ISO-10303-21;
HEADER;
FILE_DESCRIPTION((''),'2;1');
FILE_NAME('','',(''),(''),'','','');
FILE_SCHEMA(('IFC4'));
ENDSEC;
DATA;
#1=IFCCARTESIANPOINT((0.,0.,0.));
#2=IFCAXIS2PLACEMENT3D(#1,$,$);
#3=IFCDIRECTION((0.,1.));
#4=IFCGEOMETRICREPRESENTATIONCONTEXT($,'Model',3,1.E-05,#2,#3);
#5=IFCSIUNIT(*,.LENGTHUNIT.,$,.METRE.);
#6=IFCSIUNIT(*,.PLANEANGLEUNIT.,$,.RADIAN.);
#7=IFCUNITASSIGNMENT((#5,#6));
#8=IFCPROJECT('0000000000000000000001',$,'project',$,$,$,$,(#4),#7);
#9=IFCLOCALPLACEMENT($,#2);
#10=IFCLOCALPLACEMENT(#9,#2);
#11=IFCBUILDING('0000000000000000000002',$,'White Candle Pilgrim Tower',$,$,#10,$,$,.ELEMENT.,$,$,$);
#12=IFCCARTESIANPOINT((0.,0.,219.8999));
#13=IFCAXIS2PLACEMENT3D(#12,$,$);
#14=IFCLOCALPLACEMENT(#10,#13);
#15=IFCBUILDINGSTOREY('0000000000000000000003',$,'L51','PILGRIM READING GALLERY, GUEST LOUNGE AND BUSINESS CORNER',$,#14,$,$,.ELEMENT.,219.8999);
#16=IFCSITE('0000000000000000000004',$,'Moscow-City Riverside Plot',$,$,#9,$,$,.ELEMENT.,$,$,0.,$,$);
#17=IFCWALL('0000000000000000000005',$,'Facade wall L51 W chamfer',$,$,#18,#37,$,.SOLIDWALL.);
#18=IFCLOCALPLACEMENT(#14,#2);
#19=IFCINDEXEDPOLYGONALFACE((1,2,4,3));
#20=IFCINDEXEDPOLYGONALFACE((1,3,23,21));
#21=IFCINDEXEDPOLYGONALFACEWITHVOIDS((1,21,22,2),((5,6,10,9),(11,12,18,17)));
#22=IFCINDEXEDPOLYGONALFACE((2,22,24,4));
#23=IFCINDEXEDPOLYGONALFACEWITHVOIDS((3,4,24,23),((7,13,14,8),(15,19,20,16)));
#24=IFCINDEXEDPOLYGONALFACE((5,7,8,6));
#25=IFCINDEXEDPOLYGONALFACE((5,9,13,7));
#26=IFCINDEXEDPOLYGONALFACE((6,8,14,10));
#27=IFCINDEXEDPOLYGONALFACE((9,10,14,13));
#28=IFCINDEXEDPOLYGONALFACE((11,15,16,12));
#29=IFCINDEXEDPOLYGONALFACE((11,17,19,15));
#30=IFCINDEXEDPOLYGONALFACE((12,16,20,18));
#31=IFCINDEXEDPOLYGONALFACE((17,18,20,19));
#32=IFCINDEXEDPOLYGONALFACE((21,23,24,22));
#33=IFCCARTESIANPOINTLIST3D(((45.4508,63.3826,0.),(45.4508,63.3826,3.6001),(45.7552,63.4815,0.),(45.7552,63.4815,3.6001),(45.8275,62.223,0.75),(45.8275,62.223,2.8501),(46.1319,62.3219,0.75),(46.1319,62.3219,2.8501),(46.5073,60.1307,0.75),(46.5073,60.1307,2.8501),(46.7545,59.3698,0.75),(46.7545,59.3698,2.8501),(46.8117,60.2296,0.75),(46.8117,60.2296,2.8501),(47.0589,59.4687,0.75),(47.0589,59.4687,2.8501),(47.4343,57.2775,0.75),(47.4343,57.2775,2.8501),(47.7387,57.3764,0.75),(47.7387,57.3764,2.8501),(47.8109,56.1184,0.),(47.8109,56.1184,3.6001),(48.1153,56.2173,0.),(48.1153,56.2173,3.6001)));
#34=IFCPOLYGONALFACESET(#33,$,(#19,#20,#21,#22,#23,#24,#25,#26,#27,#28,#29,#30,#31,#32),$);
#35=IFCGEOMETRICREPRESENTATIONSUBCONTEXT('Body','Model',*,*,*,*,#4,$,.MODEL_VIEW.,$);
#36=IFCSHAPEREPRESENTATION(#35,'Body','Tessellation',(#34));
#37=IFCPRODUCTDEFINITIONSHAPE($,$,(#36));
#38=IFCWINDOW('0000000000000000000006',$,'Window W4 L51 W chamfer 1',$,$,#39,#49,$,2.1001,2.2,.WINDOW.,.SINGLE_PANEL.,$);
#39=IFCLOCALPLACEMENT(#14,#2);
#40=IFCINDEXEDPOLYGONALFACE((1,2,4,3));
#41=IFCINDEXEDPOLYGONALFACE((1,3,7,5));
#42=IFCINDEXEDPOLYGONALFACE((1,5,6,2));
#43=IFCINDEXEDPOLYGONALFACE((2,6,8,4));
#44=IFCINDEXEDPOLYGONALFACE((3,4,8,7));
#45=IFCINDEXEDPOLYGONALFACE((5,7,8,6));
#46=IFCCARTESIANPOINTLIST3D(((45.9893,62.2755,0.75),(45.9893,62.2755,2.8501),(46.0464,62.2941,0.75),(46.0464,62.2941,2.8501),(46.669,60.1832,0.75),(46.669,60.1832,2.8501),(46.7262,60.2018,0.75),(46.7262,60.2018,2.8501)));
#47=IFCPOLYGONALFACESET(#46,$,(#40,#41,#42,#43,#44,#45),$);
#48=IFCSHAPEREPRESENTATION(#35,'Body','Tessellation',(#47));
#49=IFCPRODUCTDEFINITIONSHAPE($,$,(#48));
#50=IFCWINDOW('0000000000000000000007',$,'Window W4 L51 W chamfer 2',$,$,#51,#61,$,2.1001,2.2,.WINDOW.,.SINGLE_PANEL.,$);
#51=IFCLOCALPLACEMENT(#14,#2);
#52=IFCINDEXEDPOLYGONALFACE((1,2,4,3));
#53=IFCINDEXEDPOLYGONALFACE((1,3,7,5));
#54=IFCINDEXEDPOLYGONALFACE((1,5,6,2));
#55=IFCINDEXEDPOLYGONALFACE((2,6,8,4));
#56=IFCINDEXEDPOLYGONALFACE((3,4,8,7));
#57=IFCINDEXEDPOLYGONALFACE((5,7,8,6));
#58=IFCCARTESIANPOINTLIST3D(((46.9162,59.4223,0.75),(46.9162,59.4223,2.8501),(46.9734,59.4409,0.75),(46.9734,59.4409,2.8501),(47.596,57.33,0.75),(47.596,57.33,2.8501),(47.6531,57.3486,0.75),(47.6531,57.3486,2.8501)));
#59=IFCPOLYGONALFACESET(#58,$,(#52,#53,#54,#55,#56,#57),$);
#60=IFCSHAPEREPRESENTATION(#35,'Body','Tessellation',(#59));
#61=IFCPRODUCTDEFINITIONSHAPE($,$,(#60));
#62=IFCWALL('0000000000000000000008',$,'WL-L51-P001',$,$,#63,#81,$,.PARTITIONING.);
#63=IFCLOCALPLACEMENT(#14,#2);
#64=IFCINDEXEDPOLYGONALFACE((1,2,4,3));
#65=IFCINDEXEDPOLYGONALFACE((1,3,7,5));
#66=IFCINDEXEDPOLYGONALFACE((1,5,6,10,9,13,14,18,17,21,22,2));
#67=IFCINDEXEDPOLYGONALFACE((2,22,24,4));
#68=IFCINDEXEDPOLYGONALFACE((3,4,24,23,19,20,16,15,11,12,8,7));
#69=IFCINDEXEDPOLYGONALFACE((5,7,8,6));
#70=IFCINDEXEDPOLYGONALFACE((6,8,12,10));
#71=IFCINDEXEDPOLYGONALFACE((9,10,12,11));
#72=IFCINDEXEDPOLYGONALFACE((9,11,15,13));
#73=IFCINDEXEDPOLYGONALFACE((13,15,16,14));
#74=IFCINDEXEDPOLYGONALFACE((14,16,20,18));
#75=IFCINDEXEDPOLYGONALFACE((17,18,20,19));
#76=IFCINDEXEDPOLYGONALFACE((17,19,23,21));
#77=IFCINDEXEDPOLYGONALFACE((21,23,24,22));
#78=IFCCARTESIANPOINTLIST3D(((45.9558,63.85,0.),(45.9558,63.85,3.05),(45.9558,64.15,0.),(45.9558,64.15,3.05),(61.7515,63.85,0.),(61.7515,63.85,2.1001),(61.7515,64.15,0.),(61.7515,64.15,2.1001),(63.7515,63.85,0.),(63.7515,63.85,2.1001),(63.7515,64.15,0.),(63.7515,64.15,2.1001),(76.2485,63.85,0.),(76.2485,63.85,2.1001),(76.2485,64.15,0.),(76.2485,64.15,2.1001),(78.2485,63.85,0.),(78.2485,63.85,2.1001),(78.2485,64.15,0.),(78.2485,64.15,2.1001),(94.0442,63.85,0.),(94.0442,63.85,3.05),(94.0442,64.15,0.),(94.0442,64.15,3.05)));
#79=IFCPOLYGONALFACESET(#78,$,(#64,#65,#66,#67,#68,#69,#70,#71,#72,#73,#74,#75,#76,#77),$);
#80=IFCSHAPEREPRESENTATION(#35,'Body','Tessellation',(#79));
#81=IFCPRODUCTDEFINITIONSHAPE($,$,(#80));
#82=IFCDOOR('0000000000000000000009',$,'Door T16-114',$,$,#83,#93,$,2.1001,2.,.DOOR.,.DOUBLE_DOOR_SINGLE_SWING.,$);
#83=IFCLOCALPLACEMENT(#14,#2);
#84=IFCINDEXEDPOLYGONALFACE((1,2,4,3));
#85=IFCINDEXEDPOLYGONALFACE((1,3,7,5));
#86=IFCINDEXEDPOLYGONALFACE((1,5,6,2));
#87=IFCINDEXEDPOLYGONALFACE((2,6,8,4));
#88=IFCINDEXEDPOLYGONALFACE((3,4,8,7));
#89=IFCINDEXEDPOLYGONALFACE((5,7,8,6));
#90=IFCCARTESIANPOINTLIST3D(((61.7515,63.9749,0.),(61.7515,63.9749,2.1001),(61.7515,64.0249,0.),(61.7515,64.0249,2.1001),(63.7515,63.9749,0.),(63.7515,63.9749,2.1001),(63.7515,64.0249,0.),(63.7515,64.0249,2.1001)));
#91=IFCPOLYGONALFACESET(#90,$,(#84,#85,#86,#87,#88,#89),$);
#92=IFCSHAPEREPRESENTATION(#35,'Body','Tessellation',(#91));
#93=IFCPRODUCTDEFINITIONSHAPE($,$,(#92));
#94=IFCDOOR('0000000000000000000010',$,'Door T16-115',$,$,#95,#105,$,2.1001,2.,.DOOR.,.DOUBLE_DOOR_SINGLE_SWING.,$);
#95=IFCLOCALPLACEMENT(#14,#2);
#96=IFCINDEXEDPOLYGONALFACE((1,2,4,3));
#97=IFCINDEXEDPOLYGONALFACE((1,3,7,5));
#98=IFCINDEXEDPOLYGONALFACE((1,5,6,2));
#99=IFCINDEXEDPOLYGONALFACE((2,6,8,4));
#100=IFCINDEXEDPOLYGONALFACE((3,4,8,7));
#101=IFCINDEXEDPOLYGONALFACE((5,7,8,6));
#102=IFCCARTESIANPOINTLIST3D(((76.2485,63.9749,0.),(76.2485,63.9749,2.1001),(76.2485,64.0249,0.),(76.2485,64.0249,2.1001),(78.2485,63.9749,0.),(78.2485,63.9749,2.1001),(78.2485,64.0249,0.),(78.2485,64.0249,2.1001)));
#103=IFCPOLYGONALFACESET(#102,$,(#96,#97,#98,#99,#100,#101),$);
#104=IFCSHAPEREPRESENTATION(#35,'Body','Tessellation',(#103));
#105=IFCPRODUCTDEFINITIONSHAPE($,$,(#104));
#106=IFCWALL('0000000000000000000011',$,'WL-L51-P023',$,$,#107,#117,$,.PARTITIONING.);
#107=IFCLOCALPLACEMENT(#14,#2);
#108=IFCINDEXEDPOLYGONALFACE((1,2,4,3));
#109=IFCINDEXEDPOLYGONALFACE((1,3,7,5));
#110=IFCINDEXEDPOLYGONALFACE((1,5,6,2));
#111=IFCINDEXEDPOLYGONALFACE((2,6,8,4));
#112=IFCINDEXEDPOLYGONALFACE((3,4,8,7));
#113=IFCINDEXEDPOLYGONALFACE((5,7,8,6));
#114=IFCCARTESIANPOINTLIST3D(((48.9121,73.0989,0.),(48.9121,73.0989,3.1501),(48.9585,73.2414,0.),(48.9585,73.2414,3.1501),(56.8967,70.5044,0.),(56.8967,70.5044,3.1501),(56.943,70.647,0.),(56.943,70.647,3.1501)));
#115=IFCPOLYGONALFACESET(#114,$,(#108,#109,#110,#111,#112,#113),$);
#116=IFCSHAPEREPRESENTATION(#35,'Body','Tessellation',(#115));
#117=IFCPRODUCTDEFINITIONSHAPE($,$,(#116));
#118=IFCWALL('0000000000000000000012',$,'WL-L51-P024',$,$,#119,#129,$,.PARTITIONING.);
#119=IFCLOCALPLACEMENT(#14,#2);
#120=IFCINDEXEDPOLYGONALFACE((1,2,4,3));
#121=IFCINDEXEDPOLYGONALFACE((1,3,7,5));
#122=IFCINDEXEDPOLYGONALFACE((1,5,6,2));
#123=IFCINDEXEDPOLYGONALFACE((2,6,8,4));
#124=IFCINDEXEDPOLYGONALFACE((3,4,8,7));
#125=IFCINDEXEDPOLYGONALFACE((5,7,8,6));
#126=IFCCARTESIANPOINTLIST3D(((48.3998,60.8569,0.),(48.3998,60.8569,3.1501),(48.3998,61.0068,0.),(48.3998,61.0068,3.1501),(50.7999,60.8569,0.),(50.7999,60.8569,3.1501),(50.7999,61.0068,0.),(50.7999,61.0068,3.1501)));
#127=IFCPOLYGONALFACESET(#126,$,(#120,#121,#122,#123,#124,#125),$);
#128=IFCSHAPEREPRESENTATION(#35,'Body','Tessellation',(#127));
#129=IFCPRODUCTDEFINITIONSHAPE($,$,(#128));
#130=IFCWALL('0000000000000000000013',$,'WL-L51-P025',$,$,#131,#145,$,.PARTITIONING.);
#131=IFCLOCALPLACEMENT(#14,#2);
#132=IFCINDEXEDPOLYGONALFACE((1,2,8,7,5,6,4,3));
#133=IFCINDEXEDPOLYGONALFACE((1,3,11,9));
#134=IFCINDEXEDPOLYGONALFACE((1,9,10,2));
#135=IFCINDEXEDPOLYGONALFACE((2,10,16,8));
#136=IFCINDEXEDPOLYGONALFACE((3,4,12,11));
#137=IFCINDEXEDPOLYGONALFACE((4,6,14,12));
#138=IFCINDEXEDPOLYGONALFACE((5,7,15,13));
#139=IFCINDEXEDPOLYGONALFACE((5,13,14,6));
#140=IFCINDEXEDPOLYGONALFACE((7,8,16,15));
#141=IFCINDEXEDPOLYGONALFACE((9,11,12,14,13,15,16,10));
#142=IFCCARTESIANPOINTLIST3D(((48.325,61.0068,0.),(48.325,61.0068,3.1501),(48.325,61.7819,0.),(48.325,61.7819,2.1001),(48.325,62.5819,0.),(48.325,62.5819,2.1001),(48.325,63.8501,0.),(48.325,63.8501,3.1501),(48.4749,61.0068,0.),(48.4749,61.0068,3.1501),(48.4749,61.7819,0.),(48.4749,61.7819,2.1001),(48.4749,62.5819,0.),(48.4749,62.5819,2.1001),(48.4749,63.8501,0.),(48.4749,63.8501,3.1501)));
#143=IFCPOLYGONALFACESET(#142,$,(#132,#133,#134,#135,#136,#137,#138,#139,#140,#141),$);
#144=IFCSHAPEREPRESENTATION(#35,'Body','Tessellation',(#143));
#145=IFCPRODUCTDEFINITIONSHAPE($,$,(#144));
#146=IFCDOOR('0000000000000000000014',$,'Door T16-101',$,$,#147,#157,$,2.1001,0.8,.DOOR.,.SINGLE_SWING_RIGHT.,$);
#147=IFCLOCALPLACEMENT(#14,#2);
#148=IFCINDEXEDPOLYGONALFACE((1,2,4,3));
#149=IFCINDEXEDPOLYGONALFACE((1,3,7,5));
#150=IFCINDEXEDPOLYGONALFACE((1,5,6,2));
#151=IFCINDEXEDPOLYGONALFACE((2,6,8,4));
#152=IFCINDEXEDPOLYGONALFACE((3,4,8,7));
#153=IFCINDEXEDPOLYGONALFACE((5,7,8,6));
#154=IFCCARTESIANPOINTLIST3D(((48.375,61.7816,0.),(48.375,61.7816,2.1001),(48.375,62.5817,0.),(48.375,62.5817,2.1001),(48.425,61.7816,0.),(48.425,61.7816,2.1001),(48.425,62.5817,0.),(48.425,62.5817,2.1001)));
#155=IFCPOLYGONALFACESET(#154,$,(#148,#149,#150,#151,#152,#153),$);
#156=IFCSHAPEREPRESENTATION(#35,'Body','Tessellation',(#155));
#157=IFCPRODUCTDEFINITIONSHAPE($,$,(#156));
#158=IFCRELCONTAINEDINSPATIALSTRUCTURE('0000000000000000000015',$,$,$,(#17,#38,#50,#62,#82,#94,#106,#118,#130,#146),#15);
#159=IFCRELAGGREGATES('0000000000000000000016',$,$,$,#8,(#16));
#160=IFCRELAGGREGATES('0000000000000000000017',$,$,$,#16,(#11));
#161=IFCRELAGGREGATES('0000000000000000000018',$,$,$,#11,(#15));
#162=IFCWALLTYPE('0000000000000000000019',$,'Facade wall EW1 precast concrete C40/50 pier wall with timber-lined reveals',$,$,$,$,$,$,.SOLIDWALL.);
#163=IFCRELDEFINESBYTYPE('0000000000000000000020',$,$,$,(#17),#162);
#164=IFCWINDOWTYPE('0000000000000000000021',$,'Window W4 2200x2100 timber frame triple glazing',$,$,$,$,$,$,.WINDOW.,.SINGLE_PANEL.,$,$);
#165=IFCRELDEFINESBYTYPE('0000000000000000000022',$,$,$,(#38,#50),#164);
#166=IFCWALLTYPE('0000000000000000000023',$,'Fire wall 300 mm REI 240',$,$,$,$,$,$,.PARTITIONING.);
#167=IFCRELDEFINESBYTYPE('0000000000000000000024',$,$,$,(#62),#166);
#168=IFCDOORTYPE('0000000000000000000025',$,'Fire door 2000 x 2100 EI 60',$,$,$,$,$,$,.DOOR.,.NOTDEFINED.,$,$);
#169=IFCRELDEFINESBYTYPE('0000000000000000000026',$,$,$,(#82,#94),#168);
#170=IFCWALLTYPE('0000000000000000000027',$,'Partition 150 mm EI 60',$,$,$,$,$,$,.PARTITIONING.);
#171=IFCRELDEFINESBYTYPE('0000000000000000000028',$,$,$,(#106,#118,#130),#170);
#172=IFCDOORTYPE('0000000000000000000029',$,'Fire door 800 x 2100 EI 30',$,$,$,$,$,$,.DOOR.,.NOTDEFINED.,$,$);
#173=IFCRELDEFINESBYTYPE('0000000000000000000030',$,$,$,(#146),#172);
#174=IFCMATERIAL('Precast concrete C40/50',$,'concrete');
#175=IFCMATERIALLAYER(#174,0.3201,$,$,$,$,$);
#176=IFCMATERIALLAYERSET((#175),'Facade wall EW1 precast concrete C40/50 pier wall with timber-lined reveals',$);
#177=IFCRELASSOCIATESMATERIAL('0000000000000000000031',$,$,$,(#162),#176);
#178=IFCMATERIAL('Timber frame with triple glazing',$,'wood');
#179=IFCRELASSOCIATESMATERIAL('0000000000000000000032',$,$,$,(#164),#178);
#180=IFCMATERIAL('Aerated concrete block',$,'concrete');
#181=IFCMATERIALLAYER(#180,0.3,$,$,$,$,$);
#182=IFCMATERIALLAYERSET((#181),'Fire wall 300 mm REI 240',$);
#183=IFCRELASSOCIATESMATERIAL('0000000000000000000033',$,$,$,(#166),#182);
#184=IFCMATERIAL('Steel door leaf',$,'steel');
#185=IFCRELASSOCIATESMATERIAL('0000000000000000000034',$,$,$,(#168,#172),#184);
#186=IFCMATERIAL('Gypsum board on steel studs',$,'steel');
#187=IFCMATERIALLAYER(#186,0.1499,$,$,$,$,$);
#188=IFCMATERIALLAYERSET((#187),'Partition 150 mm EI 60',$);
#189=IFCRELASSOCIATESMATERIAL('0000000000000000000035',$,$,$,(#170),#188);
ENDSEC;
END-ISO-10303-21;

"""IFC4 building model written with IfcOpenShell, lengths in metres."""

from ifc_helpers import new_model, si_unit, direction, frame, frame_2d, origin, place, context, subcontext, project, spatial, rectangle, extrude, material, layer, layer_set, type_object, element, fill, save


model = new_model("IFC4")

# Units and contexts
model_context = context("Model", 3, precision=1e-05, world=origin(), true_north=direction((0.0, 1.0)))
body_context = subcontext(model_context, "Body", "Model", "MODEL_VIEW")
ifc_project = project(units=[si_unit("LENGTHUNIT", "METRE"), si_unit("PLANEANGLEUNIT", "RADIAN")], contexts=[model_context])

# Site, building, storey
site_placement = place(None, origin())
site = spatial("IfcSite", under=ifc_project, at=site_placement, Name="Moscow-City Riverside Plot", CompositionType="ELEMENT", RefElevation=0.0)
building_placement = place(site_placement, origin())
building = spatial("IfcBuilding", under=site, at=building_placement, Name="White Candle Pilgrim Tower", CompositionType="ELEMENT")
storey_placement = place(building_placement, frame((0.0, 0.0, 219.8999)))
storey = spatial("IfcBuildingStorey", under=building, at=storey_placement, Name="L51", Description="PILGRIM READING GALLERY, GUEST LOUNGE AND BUSINESS CORNER", CompositionType="ELEMENT", Elevation=219.8999)

# Wall, openings, windows
ifc_material_1 = material(Name="Precast concrete C40/50", Category="concrete")
ifc_layer_1 = layer(ifc_material_1, 0.3201)
ifc_layer_set_1 = layer_set([ifc_layer_1], Name="Facade wall EW1 precast concrete C40/50 pier wall with timber-lined reveals")
wall_type_1 = type_object("IfcWallType", Name="Facade wall EW1 precast concrete C40/50 pier wall with timber-lined reveals", PredefinedType="SOLIDWALL", material=ifc_layer_set_1)
wall_1_placement = place(storey_placement, frame((45.603, 63.4319, 0.0), z_axis=(0.0, 0.0, 1.0), x_axis=(0.308998, -0.951063, 0.0)))
wall_1 = element("IfcWall", 1, at=wall_1_placement, inside=storey, type_object=wall_type_1, Name="Facade wall L51 W chamfer", PredefinedType="SOLIDWALL", context=body_context, shape_type="SweptSolid", body=[
    extrude(rectangle(XDim=7.6379, YDim=0.3201, at=frame_2d((3.8188, 0.0))), origin(), (0.0, 0.0, 1.0), 3.6001),
])
opening_1_placement = place(wall_1_placement, frame((1.219, 0.0, 0.75)))
opening_1 = element("IfcOpeningElement", 2, at=opening_1_placement, cuts=wall_1, PredefinedType="OPENING", context=body_context, shape_type="SweptSolid", body=[
    extrude(rectangle(XDim=2.2, YDim=2.1001, at=frame_2d((1.1001, 1.05))), frame((0.0, 0.1699, 0.0), z_axis=(0.0, -1.0, 0.0), x_axis=(1.0, 0.0, 0.0)), (0.0, 0.0, 1.0), 0.3401),
])
opening_2_placement = place(wall_1_placement, frame((4.219, 0.0, 0.75)))
opening_2 = element("IfcOpeningElement", 3, at=opening_2_placement, cuts=wall_1, PredefinedType="OPENING", context=body_context, shape_type="SweptSolid", body=[
    extrude(rectangle(XDim=2.2, YDim=2.1001, at=frame_2d((1.1001, 1.05))), frame((0.0, 0.1699, 0.0), z_axis=(0.0, -1.0, 0.0), x_axis=(1.0, 0.0, 0.0)), (0.0, 0.0, 1.0), 0.3401),
])
ifc_material_2 = material(Name="Timber frame with triple glazing", Category="wood")
window_type = type_object("IfcWindowType", Name="Window W4 2200x2100 timber frame triple glazing", PartitioningType="SINGLE_PANEL", PredefinedType="WINDOW", material=ifc_material_2)
window_1_placement = place(opening_1_placement, origin())
window_1 = element("IfcWindow", 4, at=window_1_placement, inside=storey, type_object=window_type, Name="Window W4 L51 W chamfer 1", OverallHeight=2.1001, OverallWidth=2.2, PartitioningType="SINGLE_PANEL", PredefinedType="WINDOW", context=body_context, shape_type="SweptSolid", body=[
    extrude(rectangle(XDim=2.2, YDim=2.1001, at=frame_2d((1.1001, 1.05))), frame((0.0, 0.0701, 0.0), z_axis=(0.0, -1.0, 0.0), x_axis=(1.0, 0.0, 0.0)), (0.0, 0.0, 1.0), 0.0601),
])
fill(opening_1, window_1)
window_2_placement = place(opening_2_placement, origin())
window_2 = element("IfcWindow", 5, at=window_2_placement, inside=storey, type_object=window_type, Name="Window W4 L51 W chamfer 2", OverallHeight=2.1001, OverallWidth=2.2, PartitioningType="SINGLE_PANEL", PredefinedType="WINDOW", context=body_context, shape_type="SweptSolid", body=[
    extrude(rectangle(XDim=2.2, YDim=2.1001, at=frame_2d((1.1001, 1.05))), frame((0.0, 0.0701, 0.0), z_axis=(0.0, -1.0, 0.0), x_axis=(1.0, 0.0, 0.0)), (0.0, 0.0, 1.0), 0.0601),
])
fill(opening_2, window_2)

# Wall, openings, doors
ifc_material_3 = material(Name="Aerated concrete block", Category="concrete")
ifc_layer_2 = layer(ifc_material_3, 0.3)
ifc_layer_set_2 = layer_set([ifc_layer_2], Name="Fire wall 300 mm REI 240")
wall_type_2 = type_object("IfcWallType", Name="Fire wall 300 mm REI 240", PredefinedType="PARTITIONING", material=ifc_layer_set_2)
wall_2_placement = place(storey_placement, frame((45.9558, 64.0, 0.0), z_axis=(0.0, 0.0, 1.0), x_axis=(1.0, 0.0, 0.0)))
wall_2 = element("IfcWall", 6, at=wall_2_placement, inside=storey, type_object=wall_type_2, Name="WL-L51-P001", PredefinedType="PARTITIONING", context=body_context, shape_type="SweptSolid", body=[
    extrude(rectangle(XDim=48.0884, YDim=0.3, at=frame_2d((24.0442, 0.0))), origin(), (0.0, 0.0, 1.0), 3.05),
])
opening_3_placement = place(wall_2_placement, frame((15.7957, 0.0, 0.0)))
opening_3 = element("IfcOpeningElement", 7, at=opening_3_placement, cuts=wall_2, PredefinedType="OPENING", context=body_context, shape_type="SweptSolid", body=[
    extrude(rectangle(XDim=2.0, YDim=2.1001, at=frame_2d((1.0, 1.05))), frame((0.0, 0.1599, 0.0), z_axis=(0.0, -1.0, 0.0), x_axis=(1.0, 0.0, 0.0)), (0.0, 0.0, 1.0), 0.3201),
])
opening_4_placement = place(wall_2_placement, frame((30.2927, 0.0, 0.0)))
opening_4 = element("IfcOpeningElement", 8, at=opening_4_placement, cuts=wall_2, PredefinedType="OPENING", context=body_context, shape_type="SweptSolid", body=[
    extrude(rectangle(XDim=2.0, YDim=2.1001, at=frame_2d((1.0, 1.05))), frame((0.0, 0.1599, 0.0), z_axis=(0.0, -1.0, 0.0), x_axis=(1.0, 0.0, 0.0)), (0.0, 0.0, 1.0), 0.3201),
])
ifc_material_4 = material(Name="Steel door leaf", Category="steel")
door_type_1 = type_object("IfcDoorType", Name="Fire door 2000 x 2100 EI 60", OperationType="NOTDEFINED", PredefinedType="DOOR", material=ifc_material_4)
door_1_placement = place(opening_3_placement, origin())
door_1 = element("IfcDoor", 9, at=door_1_placement, inside=storey, type_object=door_type_1, Name="Door T16-114", OperationType="DOUBLE_DOOR_SINGLE_SWING", OverallHeight=2.1001, OverallWidth=2.0, PredefinedType="DOOR", context=body_context, shape_type="SweptSolid", body=[
    extrude(rectangle(XDim=2.0, YDim=2.1001, at=frame_2d((1.0, 1.05))), frame((0.0, 0.0249, 0.0), z_axis=(0.0, -1.0, 0.0), x_axis=(1.0, 0.0, 0.0)), (0.0, 0.0, 1.0), 0.05),
])
fill(opening_3, door_1)
door_2_placement = place(opening_4_placement, origin())
door_2 = element("IfcDoor", 10, at=door_2_placement, inside=storey, type_object=door_type_1, Name="Door T16-115", OperationType="DOUBLE_DOOR_SINGLE_SWING", OverallHeight=2.1001, OverallWidth=2.0, PredefinedType="DOOR", context=body_context, shape_type="SweptSolid", body=[
    extrude(rectangle(XDim=2.0, YDim=2.1001, at=frame_2d((1.0, 1.05))), frame((0.0, 0.0249, 0.0), z_axis=(0.0, -1.0, 0.0), x_axis=(1.0, 0.0, 0.0)), (0.0, 0.0, 1.0), 0.05),
])
fill(opening_4, door_2)

# Walls
ifc_material_5 = material(Name="Gypsum board on steel studs", Category="steel")
ifc_layer_3 = layer(ifc_material_5, 0.1499)
ifc_layer_set_3 = layer_set([ifc_layer_3], Name="Partition 150 mm EI 60")
wall_type_3 = type_object("IfcWallType", Name="Partition 150 mm EI 60", PredefinedType="PARTITIONING", material=ifc_layer_set_3)
wall_3_placement = place(storey_placement, frame((48.9353, 73.1702, 0.0), z_axis=(0.0, 0.0, 1.0), x_axis=(0.951052, -0.30903, 0.0)))
element("IfcWall", 11, at=wall_3_placement, inside=storey, type_object=wall_type_3, Name="WL-L51-P023", PredefinedType="PARTITIONING", context=body_context, shape_type="SweptSolid", body=[
    extrude(rectangle(XDim=8.3955, YDim=0.1499, at=frame_2d((4.1978, 0.0))), origin(), (0.0, 0.0, 1.0), 3.1501),
])
wall_4_placement = place(storey_placement, frame((50.8, 60.9319, 0.0), z_axis=(0.0, 0.0, 1.0), x_axis=(-1.0, 0.0, 0.0)))
element("IfcWall", 12, at=wall_4_placement, inside=storey, type_object=wall_type_3, Name="WL-L51-P024", PredefinedType="PARTITIONING", context=body_context, shape_type="SweptSolid", body=[
    extrude(rectangle(XDim=2.4001, YDim=0.1499, at=frame_2d((1.2002, 0.0))), origin(), (0.0, 0.0, 1.0), 3.1501),
])

# Wall, opening, door
wall_5_placement = place(storey_placement, frame((48.3999, 63.8501, 0.0), z_axis=(0.0, 0.0, 1.0), x_axis=(0.0, -1.0, 0.0)))
wall_5 = element("IfcWall", 13, at=wall_5_placement, inside=storey, type_object=wall_type_3, Name="WL-L51-P025", PredefinedType="PARTITIONING", context=body_context, shape_type="SweptSolid", body=[
    extrude(rectangle(XDim=2.8433, YDim=0.1499, at=frame_2d((1.4216, 0.0))), origin(), (0.0, 0.0, 1.0), 3.1501),
])
opening_5_placement = place(wall_5_placement, frame((1.2683, 0.0, 0.0)))
opening_5 = element("IfcOpeningElement", 14, at=opening_5_placement, cuts=wall_5, PredefinedType="OPENING", context=body_context, shape_type="SweptSolid", body=[
    extrude(rectangle(XDim=0.8, YDim=2.1001, at=frame_2d((0.3999, 1.05))), frame((0.0, 0.085, 0.0), z_axis=(0.0, -1.0, 0.0), x_axis=(1.0, 0.0, 0.0)), (0.0, 0.0, 1.0), 0.1699),
])
door_type_2 = type_object("IfcDoorType", Name="Fire door 800 x 2100 EI 30", OperationType="NOTDEFINED", PredefinedType="DOOR", material=ifc_material_4)
door_3_placement = place(opening_5_placement, frame((0.8, 0.0, 0.0), z_axis=(0.0, 0.0, 1.0), x_axis=(-1.0, 0.0, 0.0)))
door_3 = element("IfcDoor", 15, at=door_3_placement, inside=storey, type_object=door_type_2, Name="Door T16-101", OperationType="SINGLE_SWING_RIGHT", OverallHeight=2.1001, OverallWidth=0.8, PredefinedType="DOOR", context=body_context, shape_type="SweptSolid", body=[
    extrude(rectangle(XDim=0.8, YDim=2.1001, at=frame_2d((0.3999, 1.05))), frame((0.0, 0.0249, 0.0), z_axis=(0.0, -1.0, 0.0), x_axis=(1.0, 0.0, 0.0)), (0.0, 0.0, 1.0), 0.05),
])
fill(opening_5, door_3)

save(model, "model.ifc")
